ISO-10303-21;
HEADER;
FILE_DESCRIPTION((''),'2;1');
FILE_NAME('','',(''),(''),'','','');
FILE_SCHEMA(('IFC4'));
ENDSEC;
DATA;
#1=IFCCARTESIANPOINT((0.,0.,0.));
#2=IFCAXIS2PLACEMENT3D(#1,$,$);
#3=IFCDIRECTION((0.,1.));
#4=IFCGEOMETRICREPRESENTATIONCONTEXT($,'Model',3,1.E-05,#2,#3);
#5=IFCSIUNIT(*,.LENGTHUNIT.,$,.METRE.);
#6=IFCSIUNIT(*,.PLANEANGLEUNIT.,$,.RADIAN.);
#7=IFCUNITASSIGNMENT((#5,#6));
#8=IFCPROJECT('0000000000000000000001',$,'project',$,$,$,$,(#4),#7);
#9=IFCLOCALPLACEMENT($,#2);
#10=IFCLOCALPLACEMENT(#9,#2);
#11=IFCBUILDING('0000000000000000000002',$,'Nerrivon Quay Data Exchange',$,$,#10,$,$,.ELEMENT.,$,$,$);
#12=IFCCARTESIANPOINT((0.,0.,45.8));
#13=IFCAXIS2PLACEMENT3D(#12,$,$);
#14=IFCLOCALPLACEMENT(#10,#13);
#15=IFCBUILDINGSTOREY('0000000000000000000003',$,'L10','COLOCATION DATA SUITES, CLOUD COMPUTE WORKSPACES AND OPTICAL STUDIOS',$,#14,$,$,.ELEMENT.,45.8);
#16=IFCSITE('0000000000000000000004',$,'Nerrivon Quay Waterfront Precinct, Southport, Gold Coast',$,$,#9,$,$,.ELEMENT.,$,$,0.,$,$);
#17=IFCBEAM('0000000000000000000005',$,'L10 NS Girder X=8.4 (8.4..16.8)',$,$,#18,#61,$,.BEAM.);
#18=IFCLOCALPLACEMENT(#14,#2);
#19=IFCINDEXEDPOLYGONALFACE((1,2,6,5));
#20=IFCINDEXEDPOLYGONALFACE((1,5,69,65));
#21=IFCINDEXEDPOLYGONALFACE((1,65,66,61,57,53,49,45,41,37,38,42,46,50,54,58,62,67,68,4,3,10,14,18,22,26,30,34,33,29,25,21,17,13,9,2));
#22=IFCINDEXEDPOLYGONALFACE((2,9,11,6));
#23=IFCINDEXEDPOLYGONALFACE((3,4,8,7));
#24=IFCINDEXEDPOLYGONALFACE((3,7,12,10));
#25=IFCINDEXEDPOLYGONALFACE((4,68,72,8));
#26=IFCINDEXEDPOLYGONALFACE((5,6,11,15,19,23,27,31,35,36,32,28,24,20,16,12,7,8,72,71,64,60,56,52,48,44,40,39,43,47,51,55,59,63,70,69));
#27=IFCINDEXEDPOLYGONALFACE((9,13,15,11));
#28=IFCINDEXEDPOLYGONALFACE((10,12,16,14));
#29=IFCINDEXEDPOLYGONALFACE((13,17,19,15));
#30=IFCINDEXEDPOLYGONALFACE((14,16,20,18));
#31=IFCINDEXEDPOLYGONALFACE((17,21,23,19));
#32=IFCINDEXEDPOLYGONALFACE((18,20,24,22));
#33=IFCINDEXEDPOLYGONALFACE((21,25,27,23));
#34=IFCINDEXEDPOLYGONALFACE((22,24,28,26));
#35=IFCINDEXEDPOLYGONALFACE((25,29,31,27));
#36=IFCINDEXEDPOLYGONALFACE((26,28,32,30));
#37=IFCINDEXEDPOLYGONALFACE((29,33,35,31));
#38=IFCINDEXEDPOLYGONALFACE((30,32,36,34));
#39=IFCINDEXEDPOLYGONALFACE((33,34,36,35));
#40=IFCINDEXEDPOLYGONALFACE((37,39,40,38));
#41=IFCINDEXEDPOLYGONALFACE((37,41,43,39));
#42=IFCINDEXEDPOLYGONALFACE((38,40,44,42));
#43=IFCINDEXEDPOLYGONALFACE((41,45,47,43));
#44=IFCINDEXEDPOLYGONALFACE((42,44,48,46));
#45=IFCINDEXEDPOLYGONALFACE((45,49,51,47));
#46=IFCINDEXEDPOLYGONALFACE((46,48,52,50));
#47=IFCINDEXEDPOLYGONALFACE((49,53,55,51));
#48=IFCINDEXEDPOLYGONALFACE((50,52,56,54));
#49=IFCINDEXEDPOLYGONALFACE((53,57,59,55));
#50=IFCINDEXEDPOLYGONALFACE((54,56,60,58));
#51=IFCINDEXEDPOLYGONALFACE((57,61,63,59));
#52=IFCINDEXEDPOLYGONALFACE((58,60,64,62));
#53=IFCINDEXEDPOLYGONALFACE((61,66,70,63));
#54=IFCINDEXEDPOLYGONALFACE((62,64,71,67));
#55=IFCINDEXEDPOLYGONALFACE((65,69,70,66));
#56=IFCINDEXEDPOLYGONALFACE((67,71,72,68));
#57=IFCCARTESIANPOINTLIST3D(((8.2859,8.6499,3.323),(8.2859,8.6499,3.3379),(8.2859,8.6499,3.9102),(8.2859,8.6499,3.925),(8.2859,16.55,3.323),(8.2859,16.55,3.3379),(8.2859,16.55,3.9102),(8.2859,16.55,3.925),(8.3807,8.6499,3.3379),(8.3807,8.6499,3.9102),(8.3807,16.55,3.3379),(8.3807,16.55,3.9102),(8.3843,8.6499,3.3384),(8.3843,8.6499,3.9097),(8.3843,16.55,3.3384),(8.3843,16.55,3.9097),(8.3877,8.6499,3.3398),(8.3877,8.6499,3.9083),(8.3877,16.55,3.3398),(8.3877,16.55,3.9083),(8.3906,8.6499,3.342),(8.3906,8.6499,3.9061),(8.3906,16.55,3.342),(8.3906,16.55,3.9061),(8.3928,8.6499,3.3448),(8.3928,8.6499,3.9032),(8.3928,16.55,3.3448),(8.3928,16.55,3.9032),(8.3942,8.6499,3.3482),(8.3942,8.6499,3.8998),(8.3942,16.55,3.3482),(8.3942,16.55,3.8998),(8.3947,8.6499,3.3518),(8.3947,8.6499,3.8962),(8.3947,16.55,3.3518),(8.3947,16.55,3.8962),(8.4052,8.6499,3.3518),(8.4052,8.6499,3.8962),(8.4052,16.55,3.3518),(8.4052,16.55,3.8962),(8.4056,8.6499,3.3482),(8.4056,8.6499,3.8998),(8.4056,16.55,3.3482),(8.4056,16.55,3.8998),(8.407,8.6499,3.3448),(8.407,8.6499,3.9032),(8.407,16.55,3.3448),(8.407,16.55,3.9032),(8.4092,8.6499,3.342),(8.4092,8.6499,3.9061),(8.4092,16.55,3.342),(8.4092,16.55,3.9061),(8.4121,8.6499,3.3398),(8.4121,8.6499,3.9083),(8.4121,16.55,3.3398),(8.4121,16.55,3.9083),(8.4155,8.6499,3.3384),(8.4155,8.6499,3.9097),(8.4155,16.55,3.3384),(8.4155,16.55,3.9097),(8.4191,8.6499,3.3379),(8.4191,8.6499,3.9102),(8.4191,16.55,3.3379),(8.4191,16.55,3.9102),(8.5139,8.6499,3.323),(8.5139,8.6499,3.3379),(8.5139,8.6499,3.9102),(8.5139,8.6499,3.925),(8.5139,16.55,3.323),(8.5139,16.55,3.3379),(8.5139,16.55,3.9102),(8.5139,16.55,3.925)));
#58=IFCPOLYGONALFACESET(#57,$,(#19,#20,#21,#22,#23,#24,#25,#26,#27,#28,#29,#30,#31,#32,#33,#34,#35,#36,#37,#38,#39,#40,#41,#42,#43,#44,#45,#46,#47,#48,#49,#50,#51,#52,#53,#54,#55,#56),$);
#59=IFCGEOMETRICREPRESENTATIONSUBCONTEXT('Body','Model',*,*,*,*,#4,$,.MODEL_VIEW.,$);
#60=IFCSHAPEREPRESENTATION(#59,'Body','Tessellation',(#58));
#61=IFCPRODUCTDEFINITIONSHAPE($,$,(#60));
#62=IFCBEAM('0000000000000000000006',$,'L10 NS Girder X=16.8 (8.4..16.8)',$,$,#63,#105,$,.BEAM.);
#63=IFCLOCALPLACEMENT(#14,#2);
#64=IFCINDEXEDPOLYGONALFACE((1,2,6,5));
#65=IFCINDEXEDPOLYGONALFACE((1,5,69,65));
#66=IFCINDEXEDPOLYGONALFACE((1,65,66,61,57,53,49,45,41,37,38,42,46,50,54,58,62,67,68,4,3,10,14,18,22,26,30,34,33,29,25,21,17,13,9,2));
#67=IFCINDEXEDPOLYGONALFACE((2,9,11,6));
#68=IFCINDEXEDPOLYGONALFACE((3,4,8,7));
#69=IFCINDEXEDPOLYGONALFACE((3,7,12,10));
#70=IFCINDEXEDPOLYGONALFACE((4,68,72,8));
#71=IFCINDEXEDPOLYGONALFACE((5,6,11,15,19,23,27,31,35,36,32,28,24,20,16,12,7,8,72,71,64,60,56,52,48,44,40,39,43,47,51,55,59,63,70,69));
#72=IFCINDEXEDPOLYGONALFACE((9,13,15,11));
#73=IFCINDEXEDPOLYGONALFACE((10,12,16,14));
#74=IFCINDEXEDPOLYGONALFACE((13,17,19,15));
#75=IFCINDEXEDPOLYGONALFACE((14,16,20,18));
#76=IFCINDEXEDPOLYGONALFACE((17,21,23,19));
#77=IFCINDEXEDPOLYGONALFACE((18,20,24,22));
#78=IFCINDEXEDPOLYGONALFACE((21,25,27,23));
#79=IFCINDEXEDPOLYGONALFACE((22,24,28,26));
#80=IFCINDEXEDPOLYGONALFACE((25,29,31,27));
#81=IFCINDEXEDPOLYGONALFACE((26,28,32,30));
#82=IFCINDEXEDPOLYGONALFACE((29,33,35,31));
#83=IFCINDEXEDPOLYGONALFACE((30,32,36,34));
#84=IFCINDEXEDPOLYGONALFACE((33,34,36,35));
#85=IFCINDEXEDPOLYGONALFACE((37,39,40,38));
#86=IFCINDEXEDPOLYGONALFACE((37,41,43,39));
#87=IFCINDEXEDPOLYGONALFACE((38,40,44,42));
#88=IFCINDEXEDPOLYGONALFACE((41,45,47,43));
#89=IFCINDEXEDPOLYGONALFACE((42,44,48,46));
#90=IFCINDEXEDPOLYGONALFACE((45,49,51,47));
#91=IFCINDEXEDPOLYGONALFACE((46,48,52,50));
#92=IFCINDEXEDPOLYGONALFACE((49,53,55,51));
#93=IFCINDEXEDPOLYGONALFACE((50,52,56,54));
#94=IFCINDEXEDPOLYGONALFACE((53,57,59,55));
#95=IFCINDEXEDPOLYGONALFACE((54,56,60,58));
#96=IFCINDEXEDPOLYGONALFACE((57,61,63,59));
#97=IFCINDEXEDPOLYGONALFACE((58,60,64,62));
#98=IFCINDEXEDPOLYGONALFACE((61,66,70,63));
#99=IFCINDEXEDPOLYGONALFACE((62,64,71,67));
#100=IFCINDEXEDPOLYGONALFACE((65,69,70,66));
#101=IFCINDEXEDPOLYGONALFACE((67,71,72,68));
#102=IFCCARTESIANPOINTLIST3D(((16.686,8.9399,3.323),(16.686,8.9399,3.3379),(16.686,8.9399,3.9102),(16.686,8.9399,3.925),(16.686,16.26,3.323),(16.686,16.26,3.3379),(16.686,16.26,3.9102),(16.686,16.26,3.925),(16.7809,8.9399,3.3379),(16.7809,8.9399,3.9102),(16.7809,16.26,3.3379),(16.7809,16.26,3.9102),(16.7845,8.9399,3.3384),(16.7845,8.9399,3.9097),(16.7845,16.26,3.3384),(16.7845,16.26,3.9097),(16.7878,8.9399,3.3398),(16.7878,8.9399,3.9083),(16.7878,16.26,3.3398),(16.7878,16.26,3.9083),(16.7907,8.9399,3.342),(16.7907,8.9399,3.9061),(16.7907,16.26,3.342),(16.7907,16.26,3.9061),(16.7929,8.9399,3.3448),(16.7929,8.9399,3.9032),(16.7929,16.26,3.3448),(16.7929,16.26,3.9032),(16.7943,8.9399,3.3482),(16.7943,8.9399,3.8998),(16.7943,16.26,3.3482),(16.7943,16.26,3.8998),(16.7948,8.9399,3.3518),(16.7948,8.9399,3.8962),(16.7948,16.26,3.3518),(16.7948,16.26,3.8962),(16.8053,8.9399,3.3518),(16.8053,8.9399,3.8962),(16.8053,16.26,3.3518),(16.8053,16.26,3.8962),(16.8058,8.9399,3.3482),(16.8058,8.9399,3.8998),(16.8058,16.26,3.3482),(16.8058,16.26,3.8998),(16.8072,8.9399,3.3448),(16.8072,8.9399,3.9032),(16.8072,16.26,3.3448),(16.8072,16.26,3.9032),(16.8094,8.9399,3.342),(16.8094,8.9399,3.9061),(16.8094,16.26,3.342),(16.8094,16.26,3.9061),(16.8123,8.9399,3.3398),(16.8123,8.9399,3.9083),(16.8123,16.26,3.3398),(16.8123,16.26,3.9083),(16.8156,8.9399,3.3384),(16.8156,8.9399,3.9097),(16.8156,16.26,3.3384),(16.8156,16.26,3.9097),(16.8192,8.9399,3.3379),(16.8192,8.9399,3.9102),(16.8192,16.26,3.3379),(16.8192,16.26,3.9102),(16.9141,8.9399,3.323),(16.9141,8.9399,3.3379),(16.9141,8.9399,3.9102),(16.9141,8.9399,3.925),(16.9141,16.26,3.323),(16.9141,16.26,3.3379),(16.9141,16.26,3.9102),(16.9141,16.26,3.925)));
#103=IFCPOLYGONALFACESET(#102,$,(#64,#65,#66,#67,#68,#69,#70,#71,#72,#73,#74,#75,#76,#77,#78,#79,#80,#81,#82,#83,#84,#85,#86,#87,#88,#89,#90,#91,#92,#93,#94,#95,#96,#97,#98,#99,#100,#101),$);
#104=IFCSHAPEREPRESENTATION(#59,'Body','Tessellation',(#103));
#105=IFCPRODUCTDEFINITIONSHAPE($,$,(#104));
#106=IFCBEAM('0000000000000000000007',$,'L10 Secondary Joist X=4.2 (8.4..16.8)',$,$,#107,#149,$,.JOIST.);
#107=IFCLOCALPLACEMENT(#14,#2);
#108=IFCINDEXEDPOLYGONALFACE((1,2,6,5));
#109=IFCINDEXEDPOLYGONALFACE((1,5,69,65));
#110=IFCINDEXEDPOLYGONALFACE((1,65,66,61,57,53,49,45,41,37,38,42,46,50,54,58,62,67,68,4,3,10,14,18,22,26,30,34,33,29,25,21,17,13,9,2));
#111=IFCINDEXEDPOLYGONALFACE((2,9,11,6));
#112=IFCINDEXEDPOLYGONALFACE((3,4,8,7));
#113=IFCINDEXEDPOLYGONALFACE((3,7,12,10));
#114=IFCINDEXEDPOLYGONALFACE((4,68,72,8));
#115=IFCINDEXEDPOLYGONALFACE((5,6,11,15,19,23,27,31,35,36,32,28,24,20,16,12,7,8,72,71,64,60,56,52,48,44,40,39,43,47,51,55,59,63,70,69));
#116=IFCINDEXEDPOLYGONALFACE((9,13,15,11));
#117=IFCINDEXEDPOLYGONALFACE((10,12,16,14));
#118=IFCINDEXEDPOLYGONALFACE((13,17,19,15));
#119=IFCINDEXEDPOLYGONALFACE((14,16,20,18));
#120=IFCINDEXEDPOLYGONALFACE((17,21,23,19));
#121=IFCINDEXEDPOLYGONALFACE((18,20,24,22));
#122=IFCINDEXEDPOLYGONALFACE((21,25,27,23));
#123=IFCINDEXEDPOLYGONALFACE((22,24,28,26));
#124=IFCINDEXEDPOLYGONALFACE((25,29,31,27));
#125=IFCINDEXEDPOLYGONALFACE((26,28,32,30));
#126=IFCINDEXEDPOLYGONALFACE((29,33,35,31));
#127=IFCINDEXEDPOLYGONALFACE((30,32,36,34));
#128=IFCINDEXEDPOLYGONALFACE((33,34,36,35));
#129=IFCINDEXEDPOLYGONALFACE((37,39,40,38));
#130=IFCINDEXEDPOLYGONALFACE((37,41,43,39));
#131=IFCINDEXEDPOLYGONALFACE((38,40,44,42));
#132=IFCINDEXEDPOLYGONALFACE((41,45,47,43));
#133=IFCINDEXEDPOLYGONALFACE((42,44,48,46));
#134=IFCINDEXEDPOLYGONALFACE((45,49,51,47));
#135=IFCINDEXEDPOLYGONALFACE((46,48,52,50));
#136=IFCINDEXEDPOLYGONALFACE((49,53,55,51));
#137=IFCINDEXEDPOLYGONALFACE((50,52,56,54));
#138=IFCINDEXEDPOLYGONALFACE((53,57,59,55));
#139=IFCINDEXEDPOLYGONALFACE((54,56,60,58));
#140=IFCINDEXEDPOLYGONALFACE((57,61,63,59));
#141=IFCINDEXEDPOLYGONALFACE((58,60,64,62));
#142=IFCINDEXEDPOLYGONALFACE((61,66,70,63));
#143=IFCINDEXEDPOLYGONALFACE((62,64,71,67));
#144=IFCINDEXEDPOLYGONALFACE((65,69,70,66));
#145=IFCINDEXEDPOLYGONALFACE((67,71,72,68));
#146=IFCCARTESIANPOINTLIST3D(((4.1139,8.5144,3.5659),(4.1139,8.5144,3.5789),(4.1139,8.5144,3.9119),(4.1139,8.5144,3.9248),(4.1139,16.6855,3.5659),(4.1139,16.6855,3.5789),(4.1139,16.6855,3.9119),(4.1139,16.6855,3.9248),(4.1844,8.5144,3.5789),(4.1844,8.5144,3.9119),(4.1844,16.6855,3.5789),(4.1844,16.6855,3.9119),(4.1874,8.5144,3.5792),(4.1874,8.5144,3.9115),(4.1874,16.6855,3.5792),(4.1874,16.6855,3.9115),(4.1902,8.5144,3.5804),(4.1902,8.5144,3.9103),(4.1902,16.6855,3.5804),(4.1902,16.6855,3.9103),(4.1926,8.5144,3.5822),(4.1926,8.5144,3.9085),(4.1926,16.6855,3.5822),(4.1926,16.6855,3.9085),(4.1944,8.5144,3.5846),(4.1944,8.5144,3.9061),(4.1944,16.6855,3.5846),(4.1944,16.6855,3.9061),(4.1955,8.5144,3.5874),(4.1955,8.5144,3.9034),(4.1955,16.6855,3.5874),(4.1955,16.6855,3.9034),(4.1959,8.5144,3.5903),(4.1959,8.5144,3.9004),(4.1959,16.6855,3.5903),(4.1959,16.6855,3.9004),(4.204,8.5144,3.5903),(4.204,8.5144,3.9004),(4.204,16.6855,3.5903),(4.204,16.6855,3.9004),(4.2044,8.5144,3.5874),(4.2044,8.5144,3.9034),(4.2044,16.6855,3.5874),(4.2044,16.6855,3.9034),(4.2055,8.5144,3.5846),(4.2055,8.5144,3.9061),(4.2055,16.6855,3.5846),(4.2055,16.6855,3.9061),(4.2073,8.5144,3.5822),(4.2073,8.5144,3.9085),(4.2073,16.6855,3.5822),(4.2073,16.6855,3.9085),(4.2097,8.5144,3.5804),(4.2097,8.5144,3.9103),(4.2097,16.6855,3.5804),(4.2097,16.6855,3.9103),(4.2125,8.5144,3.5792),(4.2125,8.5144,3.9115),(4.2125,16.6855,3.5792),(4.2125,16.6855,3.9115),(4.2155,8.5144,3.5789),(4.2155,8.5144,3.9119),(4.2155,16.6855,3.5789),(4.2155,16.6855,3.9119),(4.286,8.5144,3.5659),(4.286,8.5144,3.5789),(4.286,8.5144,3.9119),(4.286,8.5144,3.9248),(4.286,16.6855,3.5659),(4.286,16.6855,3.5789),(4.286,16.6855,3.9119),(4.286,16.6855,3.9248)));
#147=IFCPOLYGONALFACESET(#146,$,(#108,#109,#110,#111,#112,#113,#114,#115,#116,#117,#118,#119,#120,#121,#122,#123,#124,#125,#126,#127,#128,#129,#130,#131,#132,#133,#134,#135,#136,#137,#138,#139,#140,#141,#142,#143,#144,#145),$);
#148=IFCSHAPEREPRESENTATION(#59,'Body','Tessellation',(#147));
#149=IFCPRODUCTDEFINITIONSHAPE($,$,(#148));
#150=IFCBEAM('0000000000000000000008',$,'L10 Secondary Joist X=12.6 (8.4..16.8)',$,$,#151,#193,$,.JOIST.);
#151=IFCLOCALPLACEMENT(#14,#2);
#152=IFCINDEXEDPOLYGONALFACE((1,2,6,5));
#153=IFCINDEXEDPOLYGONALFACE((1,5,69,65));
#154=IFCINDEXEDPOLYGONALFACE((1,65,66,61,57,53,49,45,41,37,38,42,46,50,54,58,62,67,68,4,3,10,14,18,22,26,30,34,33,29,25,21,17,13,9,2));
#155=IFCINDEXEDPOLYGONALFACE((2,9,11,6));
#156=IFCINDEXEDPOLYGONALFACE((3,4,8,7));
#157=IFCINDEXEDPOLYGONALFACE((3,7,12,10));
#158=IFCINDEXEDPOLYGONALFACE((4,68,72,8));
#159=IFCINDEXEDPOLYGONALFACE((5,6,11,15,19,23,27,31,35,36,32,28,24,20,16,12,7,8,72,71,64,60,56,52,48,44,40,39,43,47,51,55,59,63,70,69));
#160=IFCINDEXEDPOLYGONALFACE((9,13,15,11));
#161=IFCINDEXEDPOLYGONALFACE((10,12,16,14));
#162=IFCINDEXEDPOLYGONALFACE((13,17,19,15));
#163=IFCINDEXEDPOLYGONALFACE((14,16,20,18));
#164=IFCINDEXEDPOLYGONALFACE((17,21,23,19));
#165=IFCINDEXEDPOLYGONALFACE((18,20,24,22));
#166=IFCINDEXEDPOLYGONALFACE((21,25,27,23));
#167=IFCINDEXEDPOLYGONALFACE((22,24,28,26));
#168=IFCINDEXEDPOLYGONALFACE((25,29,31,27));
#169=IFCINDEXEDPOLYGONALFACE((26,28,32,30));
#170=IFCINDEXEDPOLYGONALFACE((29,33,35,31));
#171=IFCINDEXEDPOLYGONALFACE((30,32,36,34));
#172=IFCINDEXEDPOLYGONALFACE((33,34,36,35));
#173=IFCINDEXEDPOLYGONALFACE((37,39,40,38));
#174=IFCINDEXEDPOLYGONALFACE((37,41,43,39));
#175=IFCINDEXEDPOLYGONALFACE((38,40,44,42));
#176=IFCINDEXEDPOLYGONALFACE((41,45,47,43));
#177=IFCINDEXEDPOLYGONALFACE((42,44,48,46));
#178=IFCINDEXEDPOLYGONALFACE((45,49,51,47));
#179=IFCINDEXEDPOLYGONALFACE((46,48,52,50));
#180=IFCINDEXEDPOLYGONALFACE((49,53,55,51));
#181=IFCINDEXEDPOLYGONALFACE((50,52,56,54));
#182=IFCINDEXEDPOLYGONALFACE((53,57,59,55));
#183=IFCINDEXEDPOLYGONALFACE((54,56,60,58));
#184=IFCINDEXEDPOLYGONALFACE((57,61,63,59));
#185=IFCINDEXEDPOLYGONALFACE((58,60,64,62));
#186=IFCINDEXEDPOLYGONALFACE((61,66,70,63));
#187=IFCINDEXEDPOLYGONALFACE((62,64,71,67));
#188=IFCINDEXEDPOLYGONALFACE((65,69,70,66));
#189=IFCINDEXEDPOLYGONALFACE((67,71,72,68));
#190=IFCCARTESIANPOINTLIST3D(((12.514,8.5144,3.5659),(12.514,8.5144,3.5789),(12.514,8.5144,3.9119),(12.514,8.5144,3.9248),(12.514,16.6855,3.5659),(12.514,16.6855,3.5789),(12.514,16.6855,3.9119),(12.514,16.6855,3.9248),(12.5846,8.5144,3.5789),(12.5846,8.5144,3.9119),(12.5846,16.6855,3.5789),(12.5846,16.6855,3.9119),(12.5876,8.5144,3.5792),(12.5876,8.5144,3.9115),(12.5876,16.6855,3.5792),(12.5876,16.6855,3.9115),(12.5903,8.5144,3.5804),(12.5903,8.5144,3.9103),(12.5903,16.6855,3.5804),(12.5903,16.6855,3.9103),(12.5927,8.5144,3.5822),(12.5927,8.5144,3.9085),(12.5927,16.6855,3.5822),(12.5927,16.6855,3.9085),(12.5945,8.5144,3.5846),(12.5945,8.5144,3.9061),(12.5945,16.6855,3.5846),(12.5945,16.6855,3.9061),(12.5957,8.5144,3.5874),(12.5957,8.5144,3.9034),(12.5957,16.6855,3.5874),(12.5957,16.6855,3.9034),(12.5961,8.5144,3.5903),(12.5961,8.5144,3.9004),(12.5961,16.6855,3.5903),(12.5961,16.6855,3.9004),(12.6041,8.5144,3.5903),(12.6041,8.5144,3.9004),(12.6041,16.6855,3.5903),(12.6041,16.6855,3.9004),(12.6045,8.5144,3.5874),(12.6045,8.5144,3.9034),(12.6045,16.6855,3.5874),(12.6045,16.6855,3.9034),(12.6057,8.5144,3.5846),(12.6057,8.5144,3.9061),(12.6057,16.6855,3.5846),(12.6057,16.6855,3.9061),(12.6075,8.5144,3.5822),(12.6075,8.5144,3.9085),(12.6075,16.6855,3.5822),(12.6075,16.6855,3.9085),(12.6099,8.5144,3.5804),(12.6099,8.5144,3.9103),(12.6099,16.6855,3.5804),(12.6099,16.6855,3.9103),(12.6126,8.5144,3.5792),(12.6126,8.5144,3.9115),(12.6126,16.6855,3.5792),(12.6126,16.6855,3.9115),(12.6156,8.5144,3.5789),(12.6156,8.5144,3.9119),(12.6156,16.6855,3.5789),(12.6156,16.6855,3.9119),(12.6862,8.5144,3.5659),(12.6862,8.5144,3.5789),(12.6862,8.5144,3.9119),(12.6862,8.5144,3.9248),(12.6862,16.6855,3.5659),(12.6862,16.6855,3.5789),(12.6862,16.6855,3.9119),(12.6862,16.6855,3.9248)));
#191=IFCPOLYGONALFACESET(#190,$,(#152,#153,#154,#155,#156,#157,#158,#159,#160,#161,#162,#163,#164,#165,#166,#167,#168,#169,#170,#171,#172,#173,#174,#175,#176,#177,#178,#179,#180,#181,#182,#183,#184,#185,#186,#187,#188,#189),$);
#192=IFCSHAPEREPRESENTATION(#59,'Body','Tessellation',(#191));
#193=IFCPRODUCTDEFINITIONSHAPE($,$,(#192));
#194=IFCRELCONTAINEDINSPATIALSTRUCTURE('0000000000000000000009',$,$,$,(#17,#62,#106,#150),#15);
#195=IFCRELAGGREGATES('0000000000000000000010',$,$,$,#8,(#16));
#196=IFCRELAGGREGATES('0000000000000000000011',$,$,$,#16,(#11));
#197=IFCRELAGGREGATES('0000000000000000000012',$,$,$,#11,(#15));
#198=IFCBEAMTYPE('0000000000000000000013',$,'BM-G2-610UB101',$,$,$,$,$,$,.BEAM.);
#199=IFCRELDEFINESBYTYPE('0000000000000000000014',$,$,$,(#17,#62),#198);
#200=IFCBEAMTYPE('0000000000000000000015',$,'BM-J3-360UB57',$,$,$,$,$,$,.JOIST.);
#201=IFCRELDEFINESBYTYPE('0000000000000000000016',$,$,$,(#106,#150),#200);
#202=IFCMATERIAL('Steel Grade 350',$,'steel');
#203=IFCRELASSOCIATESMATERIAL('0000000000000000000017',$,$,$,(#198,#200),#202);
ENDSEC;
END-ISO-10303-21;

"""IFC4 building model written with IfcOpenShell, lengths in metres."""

from ifc_helpers import new_model, si_unit, direction, frame, origin, origin_2d, place, context, subcontext, project, spatial, i_section, extrude, material, material_profile, profile_set, type_object, element, save


model = new_model("IFC4")

# Units and contexts
model_context = context("Model", 3, precision=1e-05, world=origin(), true_north=direction((0.0, 1.0)))
body_context = subcontext(model_context, "Body", "Model", "MODEL_VIEW")
ifc_project = project(units=[si_unit("LENGTHUNIT", "METRE"), si_unit("PLANEANGLEUNIT", "RADIAN")], contexts=[model_context])

# Site, building, storey
site_placement = place(None, origin())
site = spatial("IfcSite", under=ifc_project, at=site_placement, Name="Nerrivon Quay Waterfront Precinct, Southport, Gold Coast", CompositionType="ELEMENT", RefElevation=0.0)
building_placement = place(site_placement, origin())
building = spatial("IfcBuilding", under=site, at=building_placement, Name="Nerrivon Quay Data Exchange", CompositionType="ELEMENT")
storey_placement = place(building_placement, frame((0.0, 0.0, 45.8)))
storey = spatial("IfcBuildingStorey", under=building, at=storey_placement, Name="L10", Description="COLOCATION DATA SUITES, CLOUD COMPUTE WORKSPACES AND OPTICAL STUDIOS", CompositionType="ELEMENT", Elevation=45.8)

# Shared definitions
ifc_material_1 = material(Name="Steel Grade 350", Category="steel")

# Beams
ifc_material_profile_1 = material_profile(ifc_material_1, i_section(OverallWidth=0.228, OverallDepth=0.6021, WebThickness=0.0105, FlangeThickness=0.0149, FilletRadius=0.0139, at=origin_2d()), Name="610UB101")
ifc_profile_set_1 = profile_set([ifc_material_profile_1], Name="Steel Grade 350")
beam_type_1 = type_object("IfcBeamType", Name="BM-G2-610UB101", PredefinedType="BEAM", material=ifc_profile_set_1)
beam_1_placement = place(storey_placement, frame((8.3999, 8.6499, 3.624), z_axis=(0.0, 1.0, 0.0), x_axis=(-1.0, 0.0, 0.0)))
element("IfcBeam", 1, at=beam_1_placement, inside=storey, type_object=beam_type_1, Name="L10 NS Girder X=8.4 (8.4..16.8)", PredefinedType="BEAM", context=body_context, shape_type="SweptSolid", body=[
    extrude(i_section(OverallWidth=0.228, OverallDepth=0.6021, WebThickness=0.0105, FlangeThickness=0.0149, FilletRadius=0.0139, at=origin_2d()), origin(), (0.0, 0.0, 1.0), 7.9001),
])
beam_2_placement = place(storey_placement, frame((16.8, 8.9399, 3.624), z_axis=(0.0, 1.0, 0.0), x_axis=(-1.0, 0.0, 0.0)))
element("IfcBeam", 2, at=beam_2_placement, inside=storey, type_object=beam_type_1, Name="L10 NS Girder X=16.8 (8.4..16.8)", PredefinedType="BEAM", context=body_context, shape_type="SweptSolid", body=[
    extrude(i_section(OverallWidth=0.228, OverallDepth=0.6021, WebThickness=0.0105, FlangeThickness=0.0149, FilletRadius=0.0139, at=origin_2d()), origin(), (0.0, 0.0, 1.0), 7.3201),
])
ifc_material_profile_2 = material_profile(ifc_material_1, i_section(OverallWidth=0.1721, OverallDepth=0.3589, WebThickness=0.0081, FlangeThickness=0.0129, FilletRadius=0.0115, at=origin_2d()), Name="360UB56.7")
ifc_profile_set_2 = profile_set([ifc_material_profile_2], Name="Steel Grade 350")
beam_type_2 = type_object("IfcBeamType", Name="BM-J3-360UB57", PredefinedType="JOIST", material=ifc_profile_set_2)
for number, where, z_axis, x_axis, name in (
    (3, (4.2, 8.5144, 3.7454), (0.0, 1.0, 0.0), (-1.0, 0.0, 0.0), "L10 Secondary Joist X=4.2 (8.4..16.8)"),
    (4, (12.6001, 8.5144, 3.7454), (0.0, 1.0, 0.0), (-1.0, 0.0, 0.0), "L10 Secondary Joist X=12.6 (8.4..16.8)"),
):
    element("IfcBeam", number, at=place(storey_placement, frame(where, z_axis=z_axis, x_axis=x_axis)), inside=storey, type_object=beam_type_2, Name=name, PredefinedType="JOIST", context=body_context, shape_type="SweptSolid", body=[
        extrude(i_section(OverallWidth=0.1721, OverallDepth=0.3589, WebThickness=0.0081, FlangeThickness=0.0129, FilletRadius=0.0115, at=origin_2d()), origin(), (0.0, 0.0, 1.0), 8.1711),
    ])

save(model, "model.ifc")
